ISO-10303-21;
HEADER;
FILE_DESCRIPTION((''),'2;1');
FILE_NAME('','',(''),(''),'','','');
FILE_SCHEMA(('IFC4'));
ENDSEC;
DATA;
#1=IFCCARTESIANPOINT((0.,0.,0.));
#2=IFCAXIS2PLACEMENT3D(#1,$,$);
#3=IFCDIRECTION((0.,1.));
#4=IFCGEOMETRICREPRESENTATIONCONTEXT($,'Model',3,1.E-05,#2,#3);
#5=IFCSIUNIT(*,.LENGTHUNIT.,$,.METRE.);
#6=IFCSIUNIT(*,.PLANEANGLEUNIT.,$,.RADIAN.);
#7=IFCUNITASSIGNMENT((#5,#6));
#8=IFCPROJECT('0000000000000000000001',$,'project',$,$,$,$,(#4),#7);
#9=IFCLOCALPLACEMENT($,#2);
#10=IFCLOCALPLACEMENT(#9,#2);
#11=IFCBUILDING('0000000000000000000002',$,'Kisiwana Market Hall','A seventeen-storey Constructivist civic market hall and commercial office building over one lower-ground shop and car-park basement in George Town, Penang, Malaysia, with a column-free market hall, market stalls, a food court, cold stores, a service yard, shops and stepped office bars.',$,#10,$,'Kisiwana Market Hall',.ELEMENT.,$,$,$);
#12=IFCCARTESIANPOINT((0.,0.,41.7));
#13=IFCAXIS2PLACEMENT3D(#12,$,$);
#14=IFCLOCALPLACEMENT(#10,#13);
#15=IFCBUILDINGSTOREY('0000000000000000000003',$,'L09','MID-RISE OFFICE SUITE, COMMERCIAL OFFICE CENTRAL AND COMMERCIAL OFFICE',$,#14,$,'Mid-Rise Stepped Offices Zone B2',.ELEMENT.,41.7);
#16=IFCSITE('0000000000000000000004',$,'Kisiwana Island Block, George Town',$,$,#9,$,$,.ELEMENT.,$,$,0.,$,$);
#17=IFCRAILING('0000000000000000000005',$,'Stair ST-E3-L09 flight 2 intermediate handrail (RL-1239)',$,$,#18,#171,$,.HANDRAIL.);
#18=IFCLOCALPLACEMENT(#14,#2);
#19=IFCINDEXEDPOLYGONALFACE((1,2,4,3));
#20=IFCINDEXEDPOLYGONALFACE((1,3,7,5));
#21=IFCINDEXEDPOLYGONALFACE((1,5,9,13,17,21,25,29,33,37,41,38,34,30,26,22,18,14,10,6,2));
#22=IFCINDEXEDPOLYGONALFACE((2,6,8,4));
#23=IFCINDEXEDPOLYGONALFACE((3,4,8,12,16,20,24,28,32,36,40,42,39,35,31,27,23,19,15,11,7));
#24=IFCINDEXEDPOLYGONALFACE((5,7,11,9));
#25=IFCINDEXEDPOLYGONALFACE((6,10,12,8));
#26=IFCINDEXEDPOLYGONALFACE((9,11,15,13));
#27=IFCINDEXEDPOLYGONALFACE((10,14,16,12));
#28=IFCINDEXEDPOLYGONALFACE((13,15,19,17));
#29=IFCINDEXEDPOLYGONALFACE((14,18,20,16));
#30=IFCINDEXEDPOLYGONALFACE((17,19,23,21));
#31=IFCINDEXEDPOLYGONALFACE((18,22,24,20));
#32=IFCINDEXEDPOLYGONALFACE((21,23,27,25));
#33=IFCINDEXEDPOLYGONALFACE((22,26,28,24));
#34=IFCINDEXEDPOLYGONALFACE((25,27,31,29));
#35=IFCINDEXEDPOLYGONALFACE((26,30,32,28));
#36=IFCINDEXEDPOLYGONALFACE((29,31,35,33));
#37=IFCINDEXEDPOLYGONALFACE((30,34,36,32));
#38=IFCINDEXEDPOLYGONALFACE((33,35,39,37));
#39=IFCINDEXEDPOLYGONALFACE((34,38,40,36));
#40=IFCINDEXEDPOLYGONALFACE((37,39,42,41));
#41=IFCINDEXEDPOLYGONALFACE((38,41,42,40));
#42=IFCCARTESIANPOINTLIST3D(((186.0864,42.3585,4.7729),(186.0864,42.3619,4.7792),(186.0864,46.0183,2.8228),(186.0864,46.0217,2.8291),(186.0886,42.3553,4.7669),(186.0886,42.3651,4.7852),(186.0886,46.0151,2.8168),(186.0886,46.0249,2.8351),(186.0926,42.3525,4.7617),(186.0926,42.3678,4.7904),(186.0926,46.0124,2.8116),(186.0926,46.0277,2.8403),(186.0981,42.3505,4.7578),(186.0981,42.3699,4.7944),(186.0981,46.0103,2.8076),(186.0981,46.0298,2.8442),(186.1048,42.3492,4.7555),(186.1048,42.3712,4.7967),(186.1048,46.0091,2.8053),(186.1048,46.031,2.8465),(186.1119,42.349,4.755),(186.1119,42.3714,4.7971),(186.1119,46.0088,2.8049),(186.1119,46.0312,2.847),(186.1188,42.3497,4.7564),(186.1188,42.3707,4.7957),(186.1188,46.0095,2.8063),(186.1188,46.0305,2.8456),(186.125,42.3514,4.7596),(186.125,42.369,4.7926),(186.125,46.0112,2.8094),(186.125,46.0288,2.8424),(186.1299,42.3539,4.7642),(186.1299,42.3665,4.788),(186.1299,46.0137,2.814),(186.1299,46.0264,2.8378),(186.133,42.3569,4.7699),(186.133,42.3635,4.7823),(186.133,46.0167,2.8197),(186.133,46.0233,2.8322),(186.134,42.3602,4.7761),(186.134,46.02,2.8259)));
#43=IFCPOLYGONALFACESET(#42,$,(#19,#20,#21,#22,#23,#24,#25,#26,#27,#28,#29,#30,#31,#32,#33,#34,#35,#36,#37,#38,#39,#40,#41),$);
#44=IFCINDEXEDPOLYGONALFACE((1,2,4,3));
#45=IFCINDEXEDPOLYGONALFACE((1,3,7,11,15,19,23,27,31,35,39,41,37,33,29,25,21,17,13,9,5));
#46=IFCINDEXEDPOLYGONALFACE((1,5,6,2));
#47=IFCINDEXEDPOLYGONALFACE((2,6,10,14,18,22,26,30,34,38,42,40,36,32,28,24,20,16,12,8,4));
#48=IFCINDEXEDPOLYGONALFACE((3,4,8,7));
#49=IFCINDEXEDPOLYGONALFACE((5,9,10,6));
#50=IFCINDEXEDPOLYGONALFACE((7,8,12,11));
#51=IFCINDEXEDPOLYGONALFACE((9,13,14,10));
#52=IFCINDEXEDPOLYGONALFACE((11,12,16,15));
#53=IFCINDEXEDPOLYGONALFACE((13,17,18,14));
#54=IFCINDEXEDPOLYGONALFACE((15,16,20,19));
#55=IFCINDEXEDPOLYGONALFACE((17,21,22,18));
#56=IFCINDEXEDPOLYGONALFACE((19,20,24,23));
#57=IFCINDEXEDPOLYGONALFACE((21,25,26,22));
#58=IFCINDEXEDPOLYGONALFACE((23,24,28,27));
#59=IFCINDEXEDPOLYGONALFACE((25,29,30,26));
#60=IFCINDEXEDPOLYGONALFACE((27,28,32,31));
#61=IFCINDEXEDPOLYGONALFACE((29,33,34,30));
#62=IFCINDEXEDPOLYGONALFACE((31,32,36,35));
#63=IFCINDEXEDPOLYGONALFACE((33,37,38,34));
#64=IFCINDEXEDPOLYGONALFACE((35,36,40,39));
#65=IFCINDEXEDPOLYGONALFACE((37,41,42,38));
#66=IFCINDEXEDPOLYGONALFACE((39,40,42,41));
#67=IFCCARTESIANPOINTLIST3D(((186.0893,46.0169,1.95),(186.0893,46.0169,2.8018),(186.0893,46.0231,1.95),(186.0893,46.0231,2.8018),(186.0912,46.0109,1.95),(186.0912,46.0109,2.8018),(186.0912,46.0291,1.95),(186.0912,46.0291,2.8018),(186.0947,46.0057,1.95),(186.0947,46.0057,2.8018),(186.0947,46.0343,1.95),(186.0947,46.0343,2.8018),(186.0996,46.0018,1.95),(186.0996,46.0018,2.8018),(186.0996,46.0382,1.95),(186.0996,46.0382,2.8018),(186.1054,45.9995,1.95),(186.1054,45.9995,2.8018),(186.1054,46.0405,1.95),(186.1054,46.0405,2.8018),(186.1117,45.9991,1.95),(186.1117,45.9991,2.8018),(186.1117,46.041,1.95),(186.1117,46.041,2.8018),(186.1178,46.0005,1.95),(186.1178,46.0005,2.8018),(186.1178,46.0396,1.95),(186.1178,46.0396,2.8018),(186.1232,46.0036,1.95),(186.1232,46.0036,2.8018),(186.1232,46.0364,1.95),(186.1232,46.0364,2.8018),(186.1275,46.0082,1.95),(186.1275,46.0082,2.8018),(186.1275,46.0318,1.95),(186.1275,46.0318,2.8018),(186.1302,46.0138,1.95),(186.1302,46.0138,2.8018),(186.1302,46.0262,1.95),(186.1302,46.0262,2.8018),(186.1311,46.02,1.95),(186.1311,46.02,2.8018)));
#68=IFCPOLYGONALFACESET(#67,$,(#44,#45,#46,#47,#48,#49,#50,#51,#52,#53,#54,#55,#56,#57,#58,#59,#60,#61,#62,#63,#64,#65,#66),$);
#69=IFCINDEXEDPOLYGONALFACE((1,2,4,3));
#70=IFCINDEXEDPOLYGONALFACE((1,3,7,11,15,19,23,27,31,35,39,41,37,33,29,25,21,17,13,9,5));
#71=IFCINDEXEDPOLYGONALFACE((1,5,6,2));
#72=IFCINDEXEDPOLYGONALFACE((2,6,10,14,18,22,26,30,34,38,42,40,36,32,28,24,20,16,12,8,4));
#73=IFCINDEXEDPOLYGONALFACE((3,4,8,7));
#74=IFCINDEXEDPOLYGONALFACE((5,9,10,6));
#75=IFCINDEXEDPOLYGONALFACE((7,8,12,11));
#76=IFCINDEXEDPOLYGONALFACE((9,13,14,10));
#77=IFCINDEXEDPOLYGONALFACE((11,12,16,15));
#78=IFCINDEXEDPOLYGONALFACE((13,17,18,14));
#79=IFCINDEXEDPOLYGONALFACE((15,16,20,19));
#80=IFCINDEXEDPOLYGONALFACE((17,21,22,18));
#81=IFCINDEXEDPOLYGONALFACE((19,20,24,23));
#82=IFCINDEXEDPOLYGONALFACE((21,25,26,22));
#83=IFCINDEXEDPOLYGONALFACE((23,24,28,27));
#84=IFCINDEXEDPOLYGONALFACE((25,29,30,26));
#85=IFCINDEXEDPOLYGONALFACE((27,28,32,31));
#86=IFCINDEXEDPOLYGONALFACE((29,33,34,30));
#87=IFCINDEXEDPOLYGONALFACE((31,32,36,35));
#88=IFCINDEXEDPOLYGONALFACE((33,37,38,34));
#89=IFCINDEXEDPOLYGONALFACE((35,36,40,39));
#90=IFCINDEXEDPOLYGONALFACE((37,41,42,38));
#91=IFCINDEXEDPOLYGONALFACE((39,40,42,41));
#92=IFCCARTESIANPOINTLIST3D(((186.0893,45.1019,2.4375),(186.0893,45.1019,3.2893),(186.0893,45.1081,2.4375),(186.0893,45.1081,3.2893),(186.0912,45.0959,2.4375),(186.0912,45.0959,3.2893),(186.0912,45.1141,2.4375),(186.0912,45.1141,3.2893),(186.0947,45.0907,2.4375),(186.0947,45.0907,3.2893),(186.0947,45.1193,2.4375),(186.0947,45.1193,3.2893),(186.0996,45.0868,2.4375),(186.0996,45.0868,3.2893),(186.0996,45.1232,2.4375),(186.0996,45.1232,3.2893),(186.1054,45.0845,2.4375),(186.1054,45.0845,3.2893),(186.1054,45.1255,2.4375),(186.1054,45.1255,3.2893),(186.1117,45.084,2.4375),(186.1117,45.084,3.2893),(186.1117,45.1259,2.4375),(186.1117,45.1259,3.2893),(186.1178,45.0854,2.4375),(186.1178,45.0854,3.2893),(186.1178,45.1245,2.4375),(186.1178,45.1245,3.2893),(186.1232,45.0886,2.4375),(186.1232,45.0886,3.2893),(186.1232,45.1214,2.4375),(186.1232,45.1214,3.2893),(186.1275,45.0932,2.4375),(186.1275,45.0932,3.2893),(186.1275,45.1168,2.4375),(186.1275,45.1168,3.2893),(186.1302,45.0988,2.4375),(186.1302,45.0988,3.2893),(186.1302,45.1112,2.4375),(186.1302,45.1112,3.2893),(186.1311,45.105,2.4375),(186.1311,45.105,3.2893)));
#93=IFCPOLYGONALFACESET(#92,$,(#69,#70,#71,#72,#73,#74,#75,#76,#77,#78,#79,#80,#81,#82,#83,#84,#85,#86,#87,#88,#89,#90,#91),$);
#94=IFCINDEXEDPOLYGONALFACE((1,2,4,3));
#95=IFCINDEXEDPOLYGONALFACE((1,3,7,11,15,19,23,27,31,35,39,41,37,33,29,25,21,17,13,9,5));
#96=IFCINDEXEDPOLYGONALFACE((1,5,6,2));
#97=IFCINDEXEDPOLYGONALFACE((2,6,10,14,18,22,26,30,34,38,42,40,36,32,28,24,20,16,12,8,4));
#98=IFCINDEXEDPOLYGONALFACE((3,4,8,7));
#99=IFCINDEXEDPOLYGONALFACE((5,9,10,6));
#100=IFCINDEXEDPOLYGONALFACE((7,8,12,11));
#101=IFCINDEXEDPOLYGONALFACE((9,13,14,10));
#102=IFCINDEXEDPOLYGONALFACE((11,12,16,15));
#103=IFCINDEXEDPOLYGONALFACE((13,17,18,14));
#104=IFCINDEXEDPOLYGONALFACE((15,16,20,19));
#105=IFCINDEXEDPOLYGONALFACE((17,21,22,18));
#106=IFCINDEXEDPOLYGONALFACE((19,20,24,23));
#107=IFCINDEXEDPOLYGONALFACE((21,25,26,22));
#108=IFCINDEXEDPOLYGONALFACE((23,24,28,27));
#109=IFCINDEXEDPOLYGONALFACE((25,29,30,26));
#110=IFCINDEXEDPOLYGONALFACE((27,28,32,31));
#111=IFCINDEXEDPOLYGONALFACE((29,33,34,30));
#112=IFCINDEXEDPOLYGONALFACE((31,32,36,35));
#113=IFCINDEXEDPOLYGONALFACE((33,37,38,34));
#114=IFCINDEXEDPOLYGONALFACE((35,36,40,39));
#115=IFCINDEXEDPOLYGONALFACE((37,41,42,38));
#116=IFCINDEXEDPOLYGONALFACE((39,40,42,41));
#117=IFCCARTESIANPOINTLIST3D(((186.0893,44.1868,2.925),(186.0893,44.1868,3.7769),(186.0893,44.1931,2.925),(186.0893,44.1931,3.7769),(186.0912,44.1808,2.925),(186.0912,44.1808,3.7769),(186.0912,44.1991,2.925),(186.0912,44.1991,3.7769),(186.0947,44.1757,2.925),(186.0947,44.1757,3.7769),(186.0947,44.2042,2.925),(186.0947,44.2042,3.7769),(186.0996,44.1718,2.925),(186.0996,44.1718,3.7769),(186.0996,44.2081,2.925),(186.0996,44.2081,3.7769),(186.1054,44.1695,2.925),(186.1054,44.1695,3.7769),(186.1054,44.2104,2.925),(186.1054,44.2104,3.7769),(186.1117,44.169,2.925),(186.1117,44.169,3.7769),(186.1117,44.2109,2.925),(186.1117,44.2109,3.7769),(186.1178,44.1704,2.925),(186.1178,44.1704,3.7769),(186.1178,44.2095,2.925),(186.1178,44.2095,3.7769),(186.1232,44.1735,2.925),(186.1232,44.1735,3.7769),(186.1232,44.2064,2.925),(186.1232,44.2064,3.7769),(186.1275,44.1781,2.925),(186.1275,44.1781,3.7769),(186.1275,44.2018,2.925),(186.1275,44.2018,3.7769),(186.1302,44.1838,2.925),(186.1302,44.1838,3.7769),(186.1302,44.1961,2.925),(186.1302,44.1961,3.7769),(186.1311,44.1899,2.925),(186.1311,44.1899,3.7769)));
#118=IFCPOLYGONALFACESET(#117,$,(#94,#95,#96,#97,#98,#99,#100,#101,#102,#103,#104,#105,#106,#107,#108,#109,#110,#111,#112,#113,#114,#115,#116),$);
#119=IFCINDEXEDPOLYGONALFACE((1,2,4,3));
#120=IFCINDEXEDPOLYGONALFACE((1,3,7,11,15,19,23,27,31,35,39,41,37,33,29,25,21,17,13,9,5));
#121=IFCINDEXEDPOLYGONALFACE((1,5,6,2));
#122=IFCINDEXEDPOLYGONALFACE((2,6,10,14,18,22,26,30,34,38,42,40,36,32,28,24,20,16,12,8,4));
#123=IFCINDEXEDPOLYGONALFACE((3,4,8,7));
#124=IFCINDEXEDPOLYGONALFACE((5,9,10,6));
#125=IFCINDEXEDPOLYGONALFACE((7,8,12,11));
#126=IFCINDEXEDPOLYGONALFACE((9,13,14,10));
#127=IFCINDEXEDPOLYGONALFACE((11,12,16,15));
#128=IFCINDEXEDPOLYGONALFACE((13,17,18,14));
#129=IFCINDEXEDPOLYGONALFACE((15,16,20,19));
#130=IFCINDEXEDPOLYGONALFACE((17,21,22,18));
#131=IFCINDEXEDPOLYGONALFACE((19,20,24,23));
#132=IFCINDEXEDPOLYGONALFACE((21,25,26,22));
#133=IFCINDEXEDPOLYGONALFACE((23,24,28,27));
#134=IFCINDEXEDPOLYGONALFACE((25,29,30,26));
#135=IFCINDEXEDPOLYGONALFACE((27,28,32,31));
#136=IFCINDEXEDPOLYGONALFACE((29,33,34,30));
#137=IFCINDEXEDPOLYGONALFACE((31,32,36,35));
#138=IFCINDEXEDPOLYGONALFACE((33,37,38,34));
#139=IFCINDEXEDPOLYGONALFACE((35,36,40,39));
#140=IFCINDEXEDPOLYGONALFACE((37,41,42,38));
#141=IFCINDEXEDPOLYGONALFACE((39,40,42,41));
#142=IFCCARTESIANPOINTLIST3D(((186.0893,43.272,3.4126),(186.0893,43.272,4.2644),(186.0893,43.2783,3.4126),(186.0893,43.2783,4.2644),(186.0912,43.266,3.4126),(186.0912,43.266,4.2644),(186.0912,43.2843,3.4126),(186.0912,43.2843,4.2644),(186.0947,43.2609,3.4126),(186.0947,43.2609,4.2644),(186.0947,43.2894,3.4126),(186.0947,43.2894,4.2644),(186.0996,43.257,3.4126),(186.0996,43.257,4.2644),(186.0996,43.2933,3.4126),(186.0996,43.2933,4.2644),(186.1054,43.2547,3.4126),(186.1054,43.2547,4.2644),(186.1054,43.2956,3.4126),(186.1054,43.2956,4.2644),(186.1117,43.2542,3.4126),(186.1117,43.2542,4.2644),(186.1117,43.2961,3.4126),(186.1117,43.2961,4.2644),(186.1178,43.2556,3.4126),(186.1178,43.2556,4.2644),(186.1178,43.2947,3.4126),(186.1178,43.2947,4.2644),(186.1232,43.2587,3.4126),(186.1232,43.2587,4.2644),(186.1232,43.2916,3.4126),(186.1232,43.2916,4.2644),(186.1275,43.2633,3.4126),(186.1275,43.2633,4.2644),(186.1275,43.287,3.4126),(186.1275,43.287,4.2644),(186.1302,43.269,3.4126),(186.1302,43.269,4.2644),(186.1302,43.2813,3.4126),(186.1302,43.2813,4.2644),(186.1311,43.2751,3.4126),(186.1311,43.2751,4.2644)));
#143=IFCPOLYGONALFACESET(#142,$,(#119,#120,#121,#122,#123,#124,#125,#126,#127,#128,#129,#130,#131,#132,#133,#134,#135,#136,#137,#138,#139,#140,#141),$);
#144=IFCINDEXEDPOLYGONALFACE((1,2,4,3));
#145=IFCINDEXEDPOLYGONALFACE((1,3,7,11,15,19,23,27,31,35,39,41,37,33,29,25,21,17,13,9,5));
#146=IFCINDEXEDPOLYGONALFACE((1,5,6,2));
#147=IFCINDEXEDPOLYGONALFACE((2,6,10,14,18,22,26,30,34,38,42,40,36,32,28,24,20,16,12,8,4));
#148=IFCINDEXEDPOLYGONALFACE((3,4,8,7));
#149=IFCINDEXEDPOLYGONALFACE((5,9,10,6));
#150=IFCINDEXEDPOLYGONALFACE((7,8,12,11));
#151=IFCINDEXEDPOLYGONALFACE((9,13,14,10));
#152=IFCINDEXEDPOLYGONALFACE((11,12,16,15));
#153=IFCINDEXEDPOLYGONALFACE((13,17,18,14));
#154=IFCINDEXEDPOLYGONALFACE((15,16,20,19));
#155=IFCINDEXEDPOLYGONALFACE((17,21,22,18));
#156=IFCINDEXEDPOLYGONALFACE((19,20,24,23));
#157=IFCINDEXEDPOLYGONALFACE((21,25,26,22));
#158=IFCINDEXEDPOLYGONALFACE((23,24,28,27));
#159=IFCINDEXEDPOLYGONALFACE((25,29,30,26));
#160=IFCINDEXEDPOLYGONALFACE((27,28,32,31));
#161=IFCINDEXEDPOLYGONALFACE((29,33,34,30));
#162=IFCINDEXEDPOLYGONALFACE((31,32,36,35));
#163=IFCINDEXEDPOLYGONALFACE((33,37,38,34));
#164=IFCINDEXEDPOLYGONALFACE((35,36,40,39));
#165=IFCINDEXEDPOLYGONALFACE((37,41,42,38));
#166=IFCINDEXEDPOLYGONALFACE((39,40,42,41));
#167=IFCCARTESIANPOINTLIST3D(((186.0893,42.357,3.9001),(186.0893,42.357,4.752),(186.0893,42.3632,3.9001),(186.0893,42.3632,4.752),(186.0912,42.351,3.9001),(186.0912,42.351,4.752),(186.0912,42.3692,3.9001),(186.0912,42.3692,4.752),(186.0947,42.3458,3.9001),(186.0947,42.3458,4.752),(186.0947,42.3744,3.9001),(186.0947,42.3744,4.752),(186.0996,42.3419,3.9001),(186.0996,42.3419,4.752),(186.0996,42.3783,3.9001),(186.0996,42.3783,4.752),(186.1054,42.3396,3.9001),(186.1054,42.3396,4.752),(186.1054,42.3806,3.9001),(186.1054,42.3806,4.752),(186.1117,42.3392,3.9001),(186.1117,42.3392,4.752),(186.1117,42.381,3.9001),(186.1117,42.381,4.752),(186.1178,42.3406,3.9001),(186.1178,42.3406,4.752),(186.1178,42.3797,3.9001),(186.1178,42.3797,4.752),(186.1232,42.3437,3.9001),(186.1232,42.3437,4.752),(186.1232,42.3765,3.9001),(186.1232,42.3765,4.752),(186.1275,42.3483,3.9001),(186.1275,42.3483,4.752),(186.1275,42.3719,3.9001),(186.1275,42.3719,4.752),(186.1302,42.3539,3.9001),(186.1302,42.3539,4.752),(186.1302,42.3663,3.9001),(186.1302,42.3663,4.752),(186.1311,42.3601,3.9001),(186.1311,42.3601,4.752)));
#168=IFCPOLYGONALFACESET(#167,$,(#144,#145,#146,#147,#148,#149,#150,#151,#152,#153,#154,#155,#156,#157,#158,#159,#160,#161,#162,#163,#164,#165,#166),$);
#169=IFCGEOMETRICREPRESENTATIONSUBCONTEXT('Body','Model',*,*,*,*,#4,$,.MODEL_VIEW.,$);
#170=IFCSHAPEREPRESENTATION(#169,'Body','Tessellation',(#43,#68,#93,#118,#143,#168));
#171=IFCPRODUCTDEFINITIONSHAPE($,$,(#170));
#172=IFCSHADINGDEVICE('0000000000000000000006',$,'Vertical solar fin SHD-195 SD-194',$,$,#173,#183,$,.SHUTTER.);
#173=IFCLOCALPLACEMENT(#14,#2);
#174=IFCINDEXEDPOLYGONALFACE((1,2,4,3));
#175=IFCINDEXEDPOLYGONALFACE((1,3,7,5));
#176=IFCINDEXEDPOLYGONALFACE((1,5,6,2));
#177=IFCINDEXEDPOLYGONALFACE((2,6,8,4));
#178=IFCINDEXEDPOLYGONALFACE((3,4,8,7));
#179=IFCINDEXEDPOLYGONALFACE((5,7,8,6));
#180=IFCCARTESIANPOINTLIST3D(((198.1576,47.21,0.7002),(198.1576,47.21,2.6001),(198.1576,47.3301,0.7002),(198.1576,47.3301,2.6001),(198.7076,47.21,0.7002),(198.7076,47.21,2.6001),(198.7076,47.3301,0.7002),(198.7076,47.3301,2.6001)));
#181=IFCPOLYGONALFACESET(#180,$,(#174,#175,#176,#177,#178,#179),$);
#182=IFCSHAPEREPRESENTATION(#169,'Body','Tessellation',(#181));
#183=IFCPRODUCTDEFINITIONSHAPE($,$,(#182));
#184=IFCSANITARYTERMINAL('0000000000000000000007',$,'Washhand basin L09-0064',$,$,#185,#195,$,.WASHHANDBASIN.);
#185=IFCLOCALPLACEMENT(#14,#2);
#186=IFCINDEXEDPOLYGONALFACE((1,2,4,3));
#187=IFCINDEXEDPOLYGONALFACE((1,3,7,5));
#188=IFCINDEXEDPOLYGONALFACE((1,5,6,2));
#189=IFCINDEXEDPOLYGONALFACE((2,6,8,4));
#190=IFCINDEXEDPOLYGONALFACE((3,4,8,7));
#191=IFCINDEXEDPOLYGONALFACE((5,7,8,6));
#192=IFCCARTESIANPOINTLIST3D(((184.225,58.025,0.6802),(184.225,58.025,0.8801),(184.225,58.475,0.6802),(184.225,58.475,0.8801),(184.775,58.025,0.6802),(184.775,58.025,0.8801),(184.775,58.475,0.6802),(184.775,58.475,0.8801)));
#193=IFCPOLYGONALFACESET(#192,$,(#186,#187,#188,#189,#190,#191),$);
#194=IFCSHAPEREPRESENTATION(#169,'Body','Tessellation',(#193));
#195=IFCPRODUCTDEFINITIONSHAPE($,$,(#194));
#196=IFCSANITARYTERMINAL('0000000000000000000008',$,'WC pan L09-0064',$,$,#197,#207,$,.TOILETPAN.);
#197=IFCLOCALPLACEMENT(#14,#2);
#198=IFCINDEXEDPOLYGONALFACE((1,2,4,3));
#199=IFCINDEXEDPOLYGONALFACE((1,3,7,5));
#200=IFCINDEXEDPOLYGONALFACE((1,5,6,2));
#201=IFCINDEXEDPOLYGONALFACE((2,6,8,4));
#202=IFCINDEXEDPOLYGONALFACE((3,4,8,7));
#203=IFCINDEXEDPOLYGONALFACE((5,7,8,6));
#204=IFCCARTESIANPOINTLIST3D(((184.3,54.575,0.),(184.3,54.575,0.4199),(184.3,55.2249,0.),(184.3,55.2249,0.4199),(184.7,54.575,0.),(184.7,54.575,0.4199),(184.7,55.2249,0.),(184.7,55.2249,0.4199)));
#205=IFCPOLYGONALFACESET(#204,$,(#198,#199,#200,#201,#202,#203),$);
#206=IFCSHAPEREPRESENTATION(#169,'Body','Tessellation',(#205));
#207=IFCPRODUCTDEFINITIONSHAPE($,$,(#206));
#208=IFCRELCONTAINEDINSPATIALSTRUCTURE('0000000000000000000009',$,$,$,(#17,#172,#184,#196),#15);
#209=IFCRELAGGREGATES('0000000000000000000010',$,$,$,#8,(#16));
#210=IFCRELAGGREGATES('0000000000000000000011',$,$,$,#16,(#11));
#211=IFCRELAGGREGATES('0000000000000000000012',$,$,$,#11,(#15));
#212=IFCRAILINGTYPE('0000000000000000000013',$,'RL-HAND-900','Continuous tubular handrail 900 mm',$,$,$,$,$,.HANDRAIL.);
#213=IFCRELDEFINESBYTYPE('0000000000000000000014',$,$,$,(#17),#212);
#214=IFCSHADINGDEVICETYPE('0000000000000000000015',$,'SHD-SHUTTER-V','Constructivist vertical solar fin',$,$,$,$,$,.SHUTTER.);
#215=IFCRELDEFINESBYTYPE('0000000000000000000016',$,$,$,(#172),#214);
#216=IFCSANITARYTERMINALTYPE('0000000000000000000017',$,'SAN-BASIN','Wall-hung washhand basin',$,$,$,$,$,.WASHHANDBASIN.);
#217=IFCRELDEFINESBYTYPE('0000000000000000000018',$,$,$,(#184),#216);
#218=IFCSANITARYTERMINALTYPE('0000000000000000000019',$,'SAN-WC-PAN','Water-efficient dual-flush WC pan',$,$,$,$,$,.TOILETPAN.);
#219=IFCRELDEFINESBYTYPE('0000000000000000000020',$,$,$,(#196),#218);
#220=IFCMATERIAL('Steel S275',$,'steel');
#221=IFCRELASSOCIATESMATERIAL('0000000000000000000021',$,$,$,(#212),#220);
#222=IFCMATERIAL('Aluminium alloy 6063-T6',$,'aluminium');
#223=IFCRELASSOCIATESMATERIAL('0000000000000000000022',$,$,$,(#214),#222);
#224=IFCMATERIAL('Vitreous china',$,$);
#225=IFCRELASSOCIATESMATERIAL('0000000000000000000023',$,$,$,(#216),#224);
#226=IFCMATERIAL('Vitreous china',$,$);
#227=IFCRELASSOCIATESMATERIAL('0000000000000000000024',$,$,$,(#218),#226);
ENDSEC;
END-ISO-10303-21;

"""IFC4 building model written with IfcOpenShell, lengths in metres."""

from ifc_helpers import new_model, si_unit, direction, frame, origin, origin_2d, place, context, subcontext, project, spatial, rectangle, circle, extrude, material, type_object, element, save


model = new_model("IFC4")

# Units and contexts
model_context = context("Model", 3, precision=1e-05, world=origin(), true_north=direction((0.0, 1.0)))
body_context = subcontext(model_context, "Body", "Model", "MODEL_VIEW")
ifc_project = project(units=[si_unit("LENGTHUNIT", "METRE"), si_unit("PLANEANGLEUNIT", "RADIAN")], contexts=[model_context])

# Site, building, storey
site_placement = place(None, origin())
site = spatial("IfcSite", under=ifc_project, at=site_placement, Name="Kisiwana Island Block, George Town", CompositionType="ELEMENT", RefElevation=0.0)
building_placement = place(site_placement, origin())
building = spatial("IfcBuilding", under=site, at=building_placement, Name="Kisiwana Market Hall", Description="A seventeen-storey Constructivist civic market hall and commercial office building over one lower-ground shop and car-park basement in George Town, Penang, Malaysia, with a column-free market hall, market stalls, a food court, cold stores, a service yard, shops and stepped office bars.", LongName="Kisiwana Market Hall", CompositionType="ELEMENT")
storey_placement = place(building_placement, frame((0.0, 0.0, 41.7)))
storey = spatial("IfcBuildingStorey", under=building, at=storey_placement, Name="L09", Description="MID-RISE OFFICE SUITE, COMMERCIAL OFFICE CENTRAL AND COMMERCIAL OFFICE", LongName="Mid-Rise Stepped Offices Zone B2", CompositionType="ELEMENT", Elevation=41.7)

# Railing
ifc_material_1 = material(Name="Steel S275", Category="steel")
railing_type_1 = type_object("IfcRailingType", Name="RL-HAND-900", Description="Continuous tubular handrail 900 mm", PredefinedType="HANDRAIL", material=ifc_material_1)
for number, where, name in (
    (1, (186.1101, 46.02, 1.95), "Stair ST-E3-L09 flight 2 intermediate handrail (RL-1239)"),
):
    element("IfcRailing", number, at=place(storey_placement, frame(where)), inside=storey, type_object=railing_type_1, Name=name, PredefinedType="HANDRAIL", context=body_context, shape_type="SweptSolid", body=[
        extrude(circle(Radius=0.0239, at=origin_2d()), frame((0.0, 0.0, 0.876), z_axis=(0.0, -0.882529, 0.470258), x_axis=(1.0, 0.0, 0.0)), (0.0, 0.0, 1.0), 4.147),
        extrude(circle(Radius=0.021, at=origin_2d()), origin(), (0.0, 0.0, 1.0), 0.8518),
        extrude(circle(Radius=0.021, at=origin_2d()), frame((0.0, -0.915, 0.4875)), (0.0, 0.0, 1.0), 0.8518),
        extrude(circle(Radius=0.021, at=origin_2d()), frame((0.0, -1.8301, 0.9751)), (0.0, 0.0, 1.0), 0.8518),
        extrude(circle(Radius=0.021, at=origin_2d()), frame((0.0, -2.7449, 1.4626)), (0.0, 0.0, 1.0), 0.8518),
        extrude(circle(Radius=0.021, at=origin_2d()), frame((0.0, -3.6599, 1.9502)), (0.0, 0.0, 1.0), 0.8518),
    ])

# Shading device
ifc_material_2 = material(Name="Aluminium alloy 6063-T6", Category="aluminium")
shading_device_type = type_object("IfcShadingDeviceType", Name="SHD-SHUTTER-V", Description="Constructivist vertical solar fin", PredefinedType="SHUTTER", material=ifc_material_2)
shading_device_placement = place(storey_placement, frame((198.4326, 47.27, 0.7002), z_axis=(0.0, 0.0, 1.0), x_axis=(0.0, 1.0, 0.0)))
element("IfcShadingDevice", 2, at=shading_device_placement, inside=storey, type_object=shading_device_type, Name="Vertical solar fin SHD-195 SD-194", PredefinedType="SHUTTER", context=body_context, shape_type="SweptSolid", body=[
    extrude(rectangle(XDim=0.1201, YDim=0.55, at=origin_2d()), origin(), (0.0, 0.0, 1.0), 1.8999),
])

# Sanitary terminals
ifc_material_3 = material(Name="Vitreous china")
sanitary_terminal_type_1 = type_object("IfcSanitaryTerminalType", Name="SAN-BASIN", Description="Wall-hung washhand basin", PredefinedType="WASHHANDBASIN", material=ifc_material_3)
sanitary_terminal_placement = place(storey_placement, frame((184.5, 58.25, 0.6802), z_axis=(0.0, 0.0, 1.0), x_axis=(1.0, 0.0, 0.0)))
element("IfcSanitaryTerminal", 3, at=sanitary_terminal_placement, inside=storey, type_object=sanitary_terminal_type_1, Name="Washhand basin L09-0064", PredefinedType="WASHHANDBASIN", context=body_context, shape_type="SweptSolid", body=[
    extrude(rectangle(XDim=0.55, YDim=0.45, at=origin_2d()), origin(), (0.0, 0.0, 1.0), 0.2),
])
ifc_material_4 = material(Name="Vitreous china")
sanitary_terminal_type_2 = type_object("IfcSanitaryTerminalType", Name="SAN-WC-PAN", Description="Water-efficient dual-flush WC pan", PredefinedType="TOILETPAN", material=ifc_material_4)
for number, where, z_axis, x_axis, name in (
    (4, (184.5, 54.8999, 0.0), (0.0, 0.0, 1.0), (1.0, 0.0, 0.0), "WC pan L09-0064"),
):
    element("IfcSanitaryTerminal", number, at=place(storey_placement, frame(where, z_axis=z_axis, x_axis=x_axis)), inside=storey, type_object=sanitary_terminal_type_2, Name=name, PredefinedType="TOILETPAN", context=body_context, shape_type="SweptSolid", body=[
        extrude(rectangle(XDim=0.3999, YDim=0.6499, at=origin_2d()), origin(), (0.0, 0.0, 1.0), 0.4199),
    ])

save(model, "model.ifc")
